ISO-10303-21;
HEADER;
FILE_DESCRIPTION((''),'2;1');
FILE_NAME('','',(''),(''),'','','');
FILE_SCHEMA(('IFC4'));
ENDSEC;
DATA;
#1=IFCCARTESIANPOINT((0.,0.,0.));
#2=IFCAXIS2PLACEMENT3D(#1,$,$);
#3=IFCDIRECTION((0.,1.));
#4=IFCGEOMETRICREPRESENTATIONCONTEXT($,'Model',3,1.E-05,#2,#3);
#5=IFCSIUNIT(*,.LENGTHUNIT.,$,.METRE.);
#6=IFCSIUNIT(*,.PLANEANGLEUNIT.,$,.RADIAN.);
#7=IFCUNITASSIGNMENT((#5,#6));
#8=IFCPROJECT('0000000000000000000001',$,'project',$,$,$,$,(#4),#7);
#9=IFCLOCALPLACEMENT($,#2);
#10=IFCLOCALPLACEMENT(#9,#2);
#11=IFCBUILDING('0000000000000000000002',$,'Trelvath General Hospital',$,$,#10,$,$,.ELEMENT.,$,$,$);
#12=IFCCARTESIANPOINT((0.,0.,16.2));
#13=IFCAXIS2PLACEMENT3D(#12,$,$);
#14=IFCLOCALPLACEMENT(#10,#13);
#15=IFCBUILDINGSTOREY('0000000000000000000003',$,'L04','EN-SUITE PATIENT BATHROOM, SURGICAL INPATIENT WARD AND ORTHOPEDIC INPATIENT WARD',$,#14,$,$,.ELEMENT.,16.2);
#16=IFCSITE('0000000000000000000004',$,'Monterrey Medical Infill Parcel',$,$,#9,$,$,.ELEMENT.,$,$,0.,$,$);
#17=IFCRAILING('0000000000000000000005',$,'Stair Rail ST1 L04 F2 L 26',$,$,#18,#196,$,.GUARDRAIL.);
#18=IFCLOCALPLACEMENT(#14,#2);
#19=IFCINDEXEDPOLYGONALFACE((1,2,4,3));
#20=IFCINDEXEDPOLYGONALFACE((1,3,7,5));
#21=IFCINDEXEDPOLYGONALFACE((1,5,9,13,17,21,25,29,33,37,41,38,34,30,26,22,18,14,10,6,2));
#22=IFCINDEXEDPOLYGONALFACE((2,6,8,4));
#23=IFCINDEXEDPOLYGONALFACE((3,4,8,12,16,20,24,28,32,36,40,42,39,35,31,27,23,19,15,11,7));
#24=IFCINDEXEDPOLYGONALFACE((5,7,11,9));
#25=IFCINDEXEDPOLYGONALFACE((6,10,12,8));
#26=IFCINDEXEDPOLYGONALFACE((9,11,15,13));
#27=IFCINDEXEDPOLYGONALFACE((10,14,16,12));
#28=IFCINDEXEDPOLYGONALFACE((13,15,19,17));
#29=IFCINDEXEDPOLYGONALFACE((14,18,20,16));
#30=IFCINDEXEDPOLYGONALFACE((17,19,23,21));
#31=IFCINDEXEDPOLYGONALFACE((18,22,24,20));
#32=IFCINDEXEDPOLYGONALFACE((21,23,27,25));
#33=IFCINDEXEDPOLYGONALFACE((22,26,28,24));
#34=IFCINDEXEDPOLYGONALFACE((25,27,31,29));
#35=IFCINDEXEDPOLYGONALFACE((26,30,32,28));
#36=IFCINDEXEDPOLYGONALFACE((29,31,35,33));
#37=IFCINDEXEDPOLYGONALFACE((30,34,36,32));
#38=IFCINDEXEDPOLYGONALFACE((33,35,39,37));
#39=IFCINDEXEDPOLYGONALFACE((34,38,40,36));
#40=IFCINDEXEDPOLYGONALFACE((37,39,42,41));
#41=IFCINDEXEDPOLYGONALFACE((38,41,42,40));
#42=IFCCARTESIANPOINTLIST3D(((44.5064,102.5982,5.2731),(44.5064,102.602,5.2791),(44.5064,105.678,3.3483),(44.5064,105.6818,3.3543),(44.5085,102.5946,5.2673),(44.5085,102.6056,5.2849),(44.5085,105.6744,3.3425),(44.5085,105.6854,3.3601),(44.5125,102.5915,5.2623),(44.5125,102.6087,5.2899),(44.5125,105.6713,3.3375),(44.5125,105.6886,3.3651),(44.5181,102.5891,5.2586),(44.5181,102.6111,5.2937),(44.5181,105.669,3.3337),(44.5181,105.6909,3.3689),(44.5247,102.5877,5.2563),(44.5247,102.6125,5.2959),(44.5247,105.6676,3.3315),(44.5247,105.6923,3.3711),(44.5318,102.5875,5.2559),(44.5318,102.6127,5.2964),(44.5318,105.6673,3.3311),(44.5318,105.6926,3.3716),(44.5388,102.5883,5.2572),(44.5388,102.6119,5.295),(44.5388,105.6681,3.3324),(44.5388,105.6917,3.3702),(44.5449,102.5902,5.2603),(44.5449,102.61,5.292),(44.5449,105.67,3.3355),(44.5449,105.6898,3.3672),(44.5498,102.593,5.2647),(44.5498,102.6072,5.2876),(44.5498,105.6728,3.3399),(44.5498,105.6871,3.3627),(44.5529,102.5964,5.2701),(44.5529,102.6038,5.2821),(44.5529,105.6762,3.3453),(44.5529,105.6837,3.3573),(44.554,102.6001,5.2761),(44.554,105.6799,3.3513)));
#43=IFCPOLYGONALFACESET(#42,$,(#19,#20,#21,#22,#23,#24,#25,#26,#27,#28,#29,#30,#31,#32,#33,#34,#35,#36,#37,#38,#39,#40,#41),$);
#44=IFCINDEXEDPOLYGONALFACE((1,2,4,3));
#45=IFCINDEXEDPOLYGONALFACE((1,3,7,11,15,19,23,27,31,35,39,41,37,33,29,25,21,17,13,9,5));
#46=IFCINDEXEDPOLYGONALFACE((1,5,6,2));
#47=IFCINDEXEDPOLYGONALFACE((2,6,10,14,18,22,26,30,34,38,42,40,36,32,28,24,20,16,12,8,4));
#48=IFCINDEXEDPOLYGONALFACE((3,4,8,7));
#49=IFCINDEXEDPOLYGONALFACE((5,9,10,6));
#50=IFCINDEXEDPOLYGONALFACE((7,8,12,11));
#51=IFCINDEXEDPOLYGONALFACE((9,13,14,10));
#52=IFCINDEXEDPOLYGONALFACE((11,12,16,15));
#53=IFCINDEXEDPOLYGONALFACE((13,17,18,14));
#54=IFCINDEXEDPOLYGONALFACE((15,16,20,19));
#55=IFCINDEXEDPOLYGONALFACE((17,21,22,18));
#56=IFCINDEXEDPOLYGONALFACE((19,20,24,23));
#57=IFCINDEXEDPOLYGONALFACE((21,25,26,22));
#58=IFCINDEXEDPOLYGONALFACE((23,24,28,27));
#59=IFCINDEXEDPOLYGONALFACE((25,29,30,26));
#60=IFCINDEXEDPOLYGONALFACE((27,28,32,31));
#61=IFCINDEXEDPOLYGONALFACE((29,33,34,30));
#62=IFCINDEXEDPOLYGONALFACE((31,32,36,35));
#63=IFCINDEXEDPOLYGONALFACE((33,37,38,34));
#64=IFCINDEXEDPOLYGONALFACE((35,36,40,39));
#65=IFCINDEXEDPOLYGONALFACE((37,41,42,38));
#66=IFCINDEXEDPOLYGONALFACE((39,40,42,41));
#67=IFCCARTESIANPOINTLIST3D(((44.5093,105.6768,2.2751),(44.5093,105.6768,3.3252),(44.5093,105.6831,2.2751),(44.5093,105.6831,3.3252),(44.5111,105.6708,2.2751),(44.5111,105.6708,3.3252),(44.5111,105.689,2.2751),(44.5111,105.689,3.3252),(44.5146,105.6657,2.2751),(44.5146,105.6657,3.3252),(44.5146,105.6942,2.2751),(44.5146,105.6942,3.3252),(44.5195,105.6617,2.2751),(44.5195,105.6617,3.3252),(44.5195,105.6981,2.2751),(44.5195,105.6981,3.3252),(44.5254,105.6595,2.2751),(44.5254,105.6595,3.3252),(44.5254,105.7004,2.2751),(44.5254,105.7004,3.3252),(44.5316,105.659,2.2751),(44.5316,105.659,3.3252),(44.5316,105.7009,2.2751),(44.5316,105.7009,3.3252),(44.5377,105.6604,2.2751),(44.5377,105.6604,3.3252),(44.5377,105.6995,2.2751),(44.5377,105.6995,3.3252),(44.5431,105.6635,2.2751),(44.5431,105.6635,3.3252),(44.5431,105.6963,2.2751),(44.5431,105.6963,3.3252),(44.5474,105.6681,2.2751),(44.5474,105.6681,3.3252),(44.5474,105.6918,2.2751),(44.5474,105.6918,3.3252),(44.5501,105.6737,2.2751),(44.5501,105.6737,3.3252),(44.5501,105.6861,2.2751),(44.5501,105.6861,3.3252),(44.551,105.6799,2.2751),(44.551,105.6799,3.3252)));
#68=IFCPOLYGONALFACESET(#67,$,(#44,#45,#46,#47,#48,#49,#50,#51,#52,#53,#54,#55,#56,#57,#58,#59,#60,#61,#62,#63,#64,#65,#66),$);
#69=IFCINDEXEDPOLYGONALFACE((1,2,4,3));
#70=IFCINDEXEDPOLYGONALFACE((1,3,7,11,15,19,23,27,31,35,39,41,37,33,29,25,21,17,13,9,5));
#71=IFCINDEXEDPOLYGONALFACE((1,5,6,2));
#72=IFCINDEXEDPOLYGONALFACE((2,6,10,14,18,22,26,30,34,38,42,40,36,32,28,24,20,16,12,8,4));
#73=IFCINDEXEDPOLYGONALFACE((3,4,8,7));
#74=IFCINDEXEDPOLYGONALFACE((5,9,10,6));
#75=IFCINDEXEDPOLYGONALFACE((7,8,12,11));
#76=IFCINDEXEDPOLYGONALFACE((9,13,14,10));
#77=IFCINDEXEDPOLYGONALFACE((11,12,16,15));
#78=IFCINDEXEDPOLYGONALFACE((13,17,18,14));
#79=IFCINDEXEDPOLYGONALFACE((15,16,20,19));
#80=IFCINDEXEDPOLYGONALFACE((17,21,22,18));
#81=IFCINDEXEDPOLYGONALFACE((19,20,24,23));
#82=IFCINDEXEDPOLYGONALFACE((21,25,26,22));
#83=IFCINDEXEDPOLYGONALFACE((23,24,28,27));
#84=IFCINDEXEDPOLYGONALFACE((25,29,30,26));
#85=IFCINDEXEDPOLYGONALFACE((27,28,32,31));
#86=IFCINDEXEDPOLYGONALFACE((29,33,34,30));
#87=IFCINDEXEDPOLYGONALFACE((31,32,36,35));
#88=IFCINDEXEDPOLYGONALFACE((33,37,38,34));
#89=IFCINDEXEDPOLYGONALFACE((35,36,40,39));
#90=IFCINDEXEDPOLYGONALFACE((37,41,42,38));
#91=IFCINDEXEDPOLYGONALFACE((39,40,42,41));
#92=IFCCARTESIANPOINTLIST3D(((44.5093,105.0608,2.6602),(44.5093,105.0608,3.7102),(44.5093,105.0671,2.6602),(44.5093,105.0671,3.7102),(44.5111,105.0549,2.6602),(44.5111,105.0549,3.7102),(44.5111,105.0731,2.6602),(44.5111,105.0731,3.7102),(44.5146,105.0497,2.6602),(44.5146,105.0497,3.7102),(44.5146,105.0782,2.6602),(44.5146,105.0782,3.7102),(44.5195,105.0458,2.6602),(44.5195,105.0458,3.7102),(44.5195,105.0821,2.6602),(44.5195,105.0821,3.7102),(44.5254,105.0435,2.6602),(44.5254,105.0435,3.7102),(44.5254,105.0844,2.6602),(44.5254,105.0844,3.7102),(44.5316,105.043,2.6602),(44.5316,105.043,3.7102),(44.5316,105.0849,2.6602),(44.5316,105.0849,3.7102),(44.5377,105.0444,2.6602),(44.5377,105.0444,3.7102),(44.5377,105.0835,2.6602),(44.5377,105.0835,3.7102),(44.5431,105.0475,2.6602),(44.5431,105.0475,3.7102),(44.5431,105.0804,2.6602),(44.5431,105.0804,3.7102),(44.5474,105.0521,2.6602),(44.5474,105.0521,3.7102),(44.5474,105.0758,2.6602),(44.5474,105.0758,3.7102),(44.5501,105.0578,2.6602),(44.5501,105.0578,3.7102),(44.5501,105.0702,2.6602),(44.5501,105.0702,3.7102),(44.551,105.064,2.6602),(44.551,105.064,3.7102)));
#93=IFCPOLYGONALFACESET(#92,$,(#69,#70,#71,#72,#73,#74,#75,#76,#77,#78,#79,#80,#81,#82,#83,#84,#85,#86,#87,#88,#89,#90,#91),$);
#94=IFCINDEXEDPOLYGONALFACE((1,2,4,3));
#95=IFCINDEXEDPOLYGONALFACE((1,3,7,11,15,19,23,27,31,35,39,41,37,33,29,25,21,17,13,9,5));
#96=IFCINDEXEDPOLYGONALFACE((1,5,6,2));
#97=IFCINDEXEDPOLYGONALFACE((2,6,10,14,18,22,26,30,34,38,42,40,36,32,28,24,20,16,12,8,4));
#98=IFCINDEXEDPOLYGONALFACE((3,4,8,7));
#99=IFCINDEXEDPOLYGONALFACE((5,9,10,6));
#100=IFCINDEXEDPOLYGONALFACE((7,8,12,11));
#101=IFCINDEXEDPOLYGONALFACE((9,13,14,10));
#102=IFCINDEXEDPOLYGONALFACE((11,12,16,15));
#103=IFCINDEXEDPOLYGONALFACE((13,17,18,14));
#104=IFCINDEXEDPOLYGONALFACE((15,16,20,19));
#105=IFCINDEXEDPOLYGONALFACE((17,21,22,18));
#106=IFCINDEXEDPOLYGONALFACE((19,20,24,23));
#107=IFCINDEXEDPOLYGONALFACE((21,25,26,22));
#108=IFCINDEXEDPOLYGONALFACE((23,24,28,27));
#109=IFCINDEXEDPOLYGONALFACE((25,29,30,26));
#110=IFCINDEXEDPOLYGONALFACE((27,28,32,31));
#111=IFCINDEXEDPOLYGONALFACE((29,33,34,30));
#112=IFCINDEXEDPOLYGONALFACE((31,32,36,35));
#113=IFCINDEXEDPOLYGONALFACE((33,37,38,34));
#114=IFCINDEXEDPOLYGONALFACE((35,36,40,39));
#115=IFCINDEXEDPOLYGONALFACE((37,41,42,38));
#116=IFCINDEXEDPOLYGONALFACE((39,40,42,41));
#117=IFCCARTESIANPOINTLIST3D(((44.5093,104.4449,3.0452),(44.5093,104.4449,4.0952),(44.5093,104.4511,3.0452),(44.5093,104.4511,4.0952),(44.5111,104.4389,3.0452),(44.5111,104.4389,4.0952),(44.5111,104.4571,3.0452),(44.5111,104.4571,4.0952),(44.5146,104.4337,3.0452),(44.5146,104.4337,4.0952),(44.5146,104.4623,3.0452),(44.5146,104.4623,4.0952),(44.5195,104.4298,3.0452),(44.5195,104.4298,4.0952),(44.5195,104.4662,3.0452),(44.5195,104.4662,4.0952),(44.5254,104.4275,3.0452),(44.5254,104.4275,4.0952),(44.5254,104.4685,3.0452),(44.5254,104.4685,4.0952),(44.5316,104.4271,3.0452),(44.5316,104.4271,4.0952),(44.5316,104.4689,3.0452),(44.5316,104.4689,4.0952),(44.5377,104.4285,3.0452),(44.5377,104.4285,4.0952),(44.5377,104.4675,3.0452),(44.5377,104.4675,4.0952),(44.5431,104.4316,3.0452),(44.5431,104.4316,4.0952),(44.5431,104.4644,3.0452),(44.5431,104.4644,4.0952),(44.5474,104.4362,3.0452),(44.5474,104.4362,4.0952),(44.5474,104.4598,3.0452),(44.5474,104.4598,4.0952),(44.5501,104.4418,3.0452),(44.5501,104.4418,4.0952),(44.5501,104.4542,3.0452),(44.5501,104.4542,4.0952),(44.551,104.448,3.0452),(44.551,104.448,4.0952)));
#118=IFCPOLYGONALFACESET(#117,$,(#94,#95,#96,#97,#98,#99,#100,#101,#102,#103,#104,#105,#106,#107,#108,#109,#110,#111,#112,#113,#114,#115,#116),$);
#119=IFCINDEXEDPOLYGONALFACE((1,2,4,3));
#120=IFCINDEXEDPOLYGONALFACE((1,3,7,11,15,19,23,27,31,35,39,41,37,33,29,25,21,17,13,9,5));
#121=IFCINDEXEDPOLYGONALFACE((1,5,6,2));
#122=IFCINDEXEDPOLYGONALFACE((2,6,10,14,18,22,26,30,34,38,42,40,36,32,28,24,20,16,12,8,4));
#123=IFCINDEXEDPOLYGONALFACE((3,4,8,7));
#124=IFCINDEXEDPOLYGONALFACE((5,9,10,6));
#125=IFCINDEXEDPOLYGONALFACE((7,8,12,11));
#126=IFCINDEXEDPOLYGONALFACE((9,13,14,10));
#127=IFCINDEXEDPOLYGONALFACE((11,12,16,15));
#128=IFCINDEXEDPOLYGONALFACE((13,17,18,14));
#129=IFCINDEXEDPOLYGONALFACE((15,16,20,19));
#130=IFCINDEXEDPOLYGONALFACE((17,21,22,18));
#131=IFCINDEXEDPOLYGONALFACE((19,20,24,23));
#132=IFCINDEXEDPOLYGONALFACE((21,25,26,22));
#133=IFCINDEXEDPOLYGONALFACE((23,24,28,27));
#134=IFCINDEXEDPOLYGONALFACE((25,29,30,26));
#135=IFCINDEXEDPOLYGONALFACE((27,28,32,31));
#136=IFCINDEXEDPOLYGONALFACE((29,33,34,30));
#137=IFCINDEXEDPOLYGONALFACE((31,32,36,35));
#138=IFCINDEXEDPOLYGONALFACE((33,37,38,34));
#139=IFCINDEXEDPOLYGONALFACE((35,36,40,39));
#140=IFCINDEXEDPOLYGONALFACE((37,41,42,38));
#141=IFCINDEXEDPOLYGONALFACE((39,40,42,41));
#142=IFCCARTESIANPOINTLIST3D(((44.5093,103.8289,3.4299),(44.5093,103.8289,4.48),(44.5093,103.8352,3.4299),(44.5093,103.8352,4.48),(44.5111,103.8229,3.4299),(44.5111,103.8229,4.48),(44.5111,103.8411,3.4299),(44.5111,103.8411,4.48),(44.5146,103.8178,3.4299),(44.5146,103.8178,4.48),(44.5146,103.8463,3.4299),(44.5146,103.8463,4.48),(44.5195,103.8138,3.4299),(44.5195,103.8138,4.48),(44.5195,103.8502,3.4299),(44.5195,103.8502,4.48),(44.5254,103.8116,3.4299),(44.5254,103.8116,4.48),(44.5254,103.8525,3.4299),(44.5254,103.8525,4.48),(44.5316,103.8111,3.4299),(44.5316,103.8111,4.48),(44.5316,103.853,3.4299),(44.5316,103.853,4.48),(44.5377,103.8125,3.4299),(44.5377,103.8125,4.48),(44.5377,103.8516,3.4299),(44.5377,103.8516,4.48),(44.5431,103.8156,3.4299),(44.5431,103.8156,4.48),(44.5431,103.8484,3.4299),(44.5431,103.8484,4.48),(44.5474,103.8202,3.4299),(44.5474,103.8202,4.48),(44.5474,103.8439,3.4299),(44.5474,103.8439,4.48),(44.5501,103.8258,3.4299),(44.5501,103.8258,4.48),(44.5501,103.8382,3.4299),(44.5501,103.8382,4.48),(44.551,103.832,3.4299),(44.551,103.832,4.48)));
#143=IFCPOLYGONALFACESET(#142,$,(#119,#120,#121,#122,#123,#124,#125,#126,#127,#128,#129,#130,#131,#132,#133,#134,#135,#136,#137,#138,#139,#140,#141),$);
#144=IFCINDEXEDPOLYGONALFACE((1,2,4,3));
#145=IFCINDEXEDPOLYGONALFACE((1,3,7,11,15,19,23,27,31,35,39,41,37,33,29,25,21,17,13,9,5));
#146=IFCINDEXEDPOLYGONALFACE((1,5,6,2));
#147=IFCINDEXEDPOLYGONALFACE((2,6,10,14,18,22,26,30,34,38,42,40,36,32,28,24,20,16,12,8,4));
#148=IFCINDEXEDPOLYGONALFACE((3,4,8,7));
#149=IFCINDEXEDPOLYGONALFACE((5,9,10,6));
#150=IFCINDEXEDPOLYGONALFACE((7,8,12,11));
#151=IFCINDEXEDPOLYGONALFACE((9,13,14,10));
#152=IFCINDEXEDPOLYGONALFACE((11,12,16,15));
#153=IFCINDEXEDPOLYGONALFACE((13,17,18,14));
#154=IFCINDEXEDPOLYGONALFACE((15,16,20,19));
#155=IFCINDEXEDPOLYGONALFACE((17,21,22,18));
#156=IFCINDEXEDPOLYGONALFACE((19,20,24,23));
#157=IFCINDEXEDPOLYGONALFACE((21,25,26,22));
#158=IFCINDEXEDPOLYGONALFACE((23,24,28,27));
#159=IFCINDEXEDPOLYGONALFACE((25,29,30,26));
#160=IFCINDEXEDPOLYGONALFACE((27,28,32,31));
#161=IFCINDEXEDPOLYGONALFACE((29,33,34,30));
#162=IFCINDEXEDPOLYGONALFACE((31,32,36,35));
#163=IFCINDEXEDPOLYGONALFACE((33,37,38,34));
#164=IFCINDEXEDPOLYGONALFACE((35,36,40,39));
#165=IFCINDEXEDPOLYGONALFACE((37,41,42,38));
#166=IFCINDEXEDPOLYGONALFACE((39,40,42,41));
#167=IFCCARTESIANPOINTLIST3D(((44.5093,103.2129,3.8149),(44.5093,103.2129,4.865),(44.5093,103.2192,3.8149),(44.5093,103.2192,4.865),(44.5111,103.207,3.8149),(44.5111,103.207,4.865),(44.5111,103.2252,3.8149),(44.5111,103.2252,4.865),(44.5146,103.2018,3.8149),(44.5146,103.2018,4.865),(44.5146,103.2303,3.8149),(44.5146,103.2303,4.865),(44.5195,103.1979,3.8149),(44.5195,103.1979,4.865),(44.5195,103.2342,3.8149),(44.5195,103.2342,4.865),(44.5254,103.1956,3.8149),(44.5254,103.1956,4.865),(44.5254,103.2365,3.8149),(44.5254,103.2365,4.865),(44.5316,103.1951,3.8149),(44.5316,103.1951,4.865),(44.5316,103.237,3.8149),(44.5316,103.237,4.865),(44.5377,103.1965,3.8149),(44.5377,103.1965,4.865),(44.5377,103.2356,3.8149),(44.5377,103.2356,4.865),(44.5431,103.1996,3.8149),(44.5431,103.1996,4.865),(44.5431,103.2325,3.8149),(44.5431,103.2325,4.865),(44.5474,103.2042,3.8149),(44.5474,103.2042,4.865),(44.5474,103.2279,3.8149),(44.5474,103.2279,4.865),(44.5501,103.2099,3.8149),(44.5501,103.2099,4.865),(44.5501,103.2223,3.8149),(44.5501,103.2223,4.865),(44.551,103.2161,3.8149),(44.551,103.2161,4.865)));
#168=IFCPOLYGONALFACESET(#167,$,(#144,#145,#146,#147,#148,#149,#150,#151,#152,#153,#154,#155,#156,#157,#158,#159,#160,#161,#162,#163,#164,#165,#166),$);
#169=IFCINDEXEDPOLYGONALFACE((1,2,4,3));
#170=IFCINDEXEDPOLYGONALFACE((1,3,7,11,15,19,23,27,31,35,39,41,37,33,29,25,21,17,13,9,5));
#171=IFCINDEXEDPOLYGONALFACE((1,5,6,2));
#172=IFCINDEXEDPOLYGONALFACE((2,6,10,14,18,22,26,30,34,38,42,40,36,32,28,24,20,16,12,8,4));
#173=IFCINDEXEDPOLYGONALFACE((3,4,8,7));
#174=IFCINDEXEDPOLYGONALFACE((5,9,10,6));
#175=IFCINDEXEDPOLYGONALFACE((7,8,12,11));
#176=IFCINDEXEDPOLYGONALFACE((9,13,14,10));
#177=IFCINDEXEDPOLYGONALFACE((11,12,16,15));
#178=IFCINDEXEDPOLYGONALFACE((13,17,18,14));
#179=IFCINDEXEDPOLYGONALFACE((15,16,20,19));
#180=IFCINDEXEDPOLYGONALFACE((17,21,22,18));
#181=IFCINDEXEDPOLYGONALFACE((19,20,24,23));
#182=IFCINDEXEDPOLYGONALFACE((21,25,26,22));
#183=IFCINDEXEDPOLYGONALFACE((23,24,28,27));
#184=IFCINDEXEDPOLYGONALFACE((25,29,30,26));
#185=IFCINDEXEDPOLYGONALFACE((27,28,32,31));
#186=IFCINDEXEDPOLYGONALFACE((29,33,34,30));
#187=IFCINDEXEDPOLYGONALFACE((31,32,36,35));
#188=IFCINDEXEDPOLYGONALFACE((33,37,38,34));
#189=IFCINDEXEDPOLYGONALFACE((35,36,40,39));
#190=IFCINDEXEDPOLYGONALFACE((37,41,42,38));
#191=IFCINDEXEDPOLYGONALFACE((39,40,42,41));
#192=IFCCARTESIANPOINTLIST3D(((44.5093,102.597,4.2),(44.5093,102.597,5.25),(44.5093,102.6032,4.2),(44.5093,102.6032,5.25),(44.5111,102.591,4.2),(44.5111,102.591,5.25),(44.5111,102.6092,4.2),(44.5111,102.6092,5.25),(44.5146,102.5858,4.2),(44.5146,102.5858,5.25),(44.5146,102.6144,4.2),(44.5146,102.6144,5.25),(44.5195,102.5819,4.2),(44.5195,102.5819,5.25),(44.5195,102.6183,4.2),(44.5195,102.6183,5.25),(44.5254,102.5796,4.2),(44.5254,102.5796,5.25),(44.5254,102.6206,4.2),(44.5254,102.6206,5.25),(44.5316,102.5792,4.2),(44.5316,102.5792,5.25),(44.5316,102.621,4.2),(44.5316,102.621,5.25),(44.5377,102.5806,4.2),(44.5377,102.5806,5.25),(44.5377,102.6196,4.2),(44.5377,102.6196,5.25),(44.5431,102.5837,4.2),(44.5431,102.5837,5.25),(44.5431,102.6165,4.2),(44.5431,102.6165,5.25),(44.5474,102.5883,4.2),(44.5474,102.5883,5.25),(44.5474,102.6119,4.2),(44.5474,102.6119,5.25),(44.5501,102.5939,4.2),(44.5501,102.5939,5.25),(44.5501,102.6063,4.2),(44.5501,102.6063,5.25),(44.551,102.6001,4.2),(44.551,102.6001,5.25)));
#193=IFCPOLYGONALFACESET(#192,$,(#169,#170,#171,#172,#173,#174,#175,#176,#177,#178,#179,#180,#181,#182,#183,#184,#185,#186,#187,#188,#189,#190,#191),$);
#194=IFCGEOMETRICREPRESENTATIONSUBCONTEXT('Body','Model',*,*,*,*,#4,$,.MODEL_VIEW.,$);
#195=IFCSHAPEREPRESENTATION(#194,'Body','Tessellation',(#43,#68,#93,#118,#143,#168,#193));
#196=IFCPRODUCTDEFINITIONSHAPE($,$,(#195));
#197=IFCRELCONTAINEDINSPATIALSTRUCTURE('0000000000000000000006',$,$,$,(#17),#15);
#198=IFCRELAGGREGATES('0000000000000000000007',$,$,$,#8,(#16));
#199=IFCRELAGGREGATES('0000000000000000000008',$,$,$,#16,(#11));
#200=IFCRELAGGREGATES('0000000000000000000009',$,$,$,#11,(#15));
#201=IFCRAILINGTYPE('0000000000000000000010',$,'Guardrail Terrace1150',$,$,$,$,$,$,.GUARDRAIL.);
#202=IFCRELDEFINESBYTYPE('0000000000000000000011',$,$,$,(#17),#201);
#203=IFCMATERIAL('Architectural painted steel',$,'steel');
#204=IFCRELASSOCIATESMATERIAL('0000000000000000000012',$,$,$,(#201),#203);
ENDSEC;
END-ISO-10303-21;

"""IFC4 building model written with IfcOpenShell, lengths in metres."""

from ifc_helpers import new_model, si_unit, direction, frame, origin, origin_2d, place, context, subcontext, project, spatial, circle, extrude, material, type_object, element, save


model = new_model("IFC4")

# Units and contexts
model_context = context("Model", 3, precision=1e-05, world=origin(), true_north=direction((0.0, 1.0)))
body_context = subcontext(model_context, "Body", "Model", "MODEL_VIEW")
ifc_project = project(units=[si_unit("LENGTHUNIT", "METRE"), si_unit("PLANEANGLEUNIT", "RADIAN")], contexts=[model_context])

# Site, building, storey
site_placement = place(None, origin())
site = spatial("IfcSite", under=ifc_project, at=site_placement, Name="Monterrey Medical Infill Parcel", CompositionType="ELEMENT", RefElevation=0.0)
building_placement = place(site_placement, origin())
building = spatial("IfcBuilding", under=site, at=building_placement, Name="Trelvath General Hospital", CompositionType="ELEMENT")
storey_placement = place(building_placement, frame((0.0, 0.0, 16.2)))
storey = spatial("IfcBuildingStorey", under=building, at=storey_placement, Name="L04", Description="EN-SUITE PATIENT BATHROOM, SURGICAL INPATIENT WARD AND ORTHOPEDIC INPATIENT WARD", CompositionType="ELEMENT", Elevation=16.2)

# Railing
ifc_material_1 = material(Name="Architectural painted steel", Category="steel")
railing_type_1 = type_object("IfcRailingType", Name="Guardrail Terrace1150", PredefinedType="GUARDRAIL", material=ifc_material_1)
railing_1_placement = place(storey_placement, frame((44.53, 105.6799, 2.2751)))
element("IfcRailing", 1, at=railing_1_placement, inside=storey, type_object=railing_type_1, Name="Stair Rail ST1 L04 F2 L 26", PredefinedType="GUARDRAIL", context=body_context, shape_type="SweptSolid", body=[
    extrude(circle(Radius=0.0239, at=origin_2d()), frame((0.0, 0.0, 1.0762), z_axis=(0.0, -0.84801, 0.529981), x_axis=(1.0, 0.0, 0.0)), (0.0, 0.0, 1.0), 3.6318),
    extrude(circle(Radius=0.021, at=origin_2d()), origin(), (0.0, 0.0, 1.0), 1.05),
    extrude(circle(Radius=0.021, at=origin_2d()), frame((0.0, -0.616, 0.385)), (0.0, 0.0, 1.0), 1.05),
    extrude(circle(Radius=0.021, at=origin_2d()), frame((0.0, -1.2319, 0.77)), (0.0, 0.0, 1.0), 1.05),
    extrude(circle(Radius=0.021, at=origin_2d()), frame((0.0, -1.8479, 1.1548)), (0.0, 0.0, 1.0), 1.05),
    extrude(circle(Radius=0.021, at=origin_2d()), frame((0.0, -2.4639, 1.5398)), (0.0, 0.0, 1.0), 1.05),
    extrude(circle(Radius=0.021, at=origin_2d()), frame((0.0, -3.0798, 1.9248)), (0.0, 0.0, 1.0), 1.05),
])

save(model, "model.ifc")
